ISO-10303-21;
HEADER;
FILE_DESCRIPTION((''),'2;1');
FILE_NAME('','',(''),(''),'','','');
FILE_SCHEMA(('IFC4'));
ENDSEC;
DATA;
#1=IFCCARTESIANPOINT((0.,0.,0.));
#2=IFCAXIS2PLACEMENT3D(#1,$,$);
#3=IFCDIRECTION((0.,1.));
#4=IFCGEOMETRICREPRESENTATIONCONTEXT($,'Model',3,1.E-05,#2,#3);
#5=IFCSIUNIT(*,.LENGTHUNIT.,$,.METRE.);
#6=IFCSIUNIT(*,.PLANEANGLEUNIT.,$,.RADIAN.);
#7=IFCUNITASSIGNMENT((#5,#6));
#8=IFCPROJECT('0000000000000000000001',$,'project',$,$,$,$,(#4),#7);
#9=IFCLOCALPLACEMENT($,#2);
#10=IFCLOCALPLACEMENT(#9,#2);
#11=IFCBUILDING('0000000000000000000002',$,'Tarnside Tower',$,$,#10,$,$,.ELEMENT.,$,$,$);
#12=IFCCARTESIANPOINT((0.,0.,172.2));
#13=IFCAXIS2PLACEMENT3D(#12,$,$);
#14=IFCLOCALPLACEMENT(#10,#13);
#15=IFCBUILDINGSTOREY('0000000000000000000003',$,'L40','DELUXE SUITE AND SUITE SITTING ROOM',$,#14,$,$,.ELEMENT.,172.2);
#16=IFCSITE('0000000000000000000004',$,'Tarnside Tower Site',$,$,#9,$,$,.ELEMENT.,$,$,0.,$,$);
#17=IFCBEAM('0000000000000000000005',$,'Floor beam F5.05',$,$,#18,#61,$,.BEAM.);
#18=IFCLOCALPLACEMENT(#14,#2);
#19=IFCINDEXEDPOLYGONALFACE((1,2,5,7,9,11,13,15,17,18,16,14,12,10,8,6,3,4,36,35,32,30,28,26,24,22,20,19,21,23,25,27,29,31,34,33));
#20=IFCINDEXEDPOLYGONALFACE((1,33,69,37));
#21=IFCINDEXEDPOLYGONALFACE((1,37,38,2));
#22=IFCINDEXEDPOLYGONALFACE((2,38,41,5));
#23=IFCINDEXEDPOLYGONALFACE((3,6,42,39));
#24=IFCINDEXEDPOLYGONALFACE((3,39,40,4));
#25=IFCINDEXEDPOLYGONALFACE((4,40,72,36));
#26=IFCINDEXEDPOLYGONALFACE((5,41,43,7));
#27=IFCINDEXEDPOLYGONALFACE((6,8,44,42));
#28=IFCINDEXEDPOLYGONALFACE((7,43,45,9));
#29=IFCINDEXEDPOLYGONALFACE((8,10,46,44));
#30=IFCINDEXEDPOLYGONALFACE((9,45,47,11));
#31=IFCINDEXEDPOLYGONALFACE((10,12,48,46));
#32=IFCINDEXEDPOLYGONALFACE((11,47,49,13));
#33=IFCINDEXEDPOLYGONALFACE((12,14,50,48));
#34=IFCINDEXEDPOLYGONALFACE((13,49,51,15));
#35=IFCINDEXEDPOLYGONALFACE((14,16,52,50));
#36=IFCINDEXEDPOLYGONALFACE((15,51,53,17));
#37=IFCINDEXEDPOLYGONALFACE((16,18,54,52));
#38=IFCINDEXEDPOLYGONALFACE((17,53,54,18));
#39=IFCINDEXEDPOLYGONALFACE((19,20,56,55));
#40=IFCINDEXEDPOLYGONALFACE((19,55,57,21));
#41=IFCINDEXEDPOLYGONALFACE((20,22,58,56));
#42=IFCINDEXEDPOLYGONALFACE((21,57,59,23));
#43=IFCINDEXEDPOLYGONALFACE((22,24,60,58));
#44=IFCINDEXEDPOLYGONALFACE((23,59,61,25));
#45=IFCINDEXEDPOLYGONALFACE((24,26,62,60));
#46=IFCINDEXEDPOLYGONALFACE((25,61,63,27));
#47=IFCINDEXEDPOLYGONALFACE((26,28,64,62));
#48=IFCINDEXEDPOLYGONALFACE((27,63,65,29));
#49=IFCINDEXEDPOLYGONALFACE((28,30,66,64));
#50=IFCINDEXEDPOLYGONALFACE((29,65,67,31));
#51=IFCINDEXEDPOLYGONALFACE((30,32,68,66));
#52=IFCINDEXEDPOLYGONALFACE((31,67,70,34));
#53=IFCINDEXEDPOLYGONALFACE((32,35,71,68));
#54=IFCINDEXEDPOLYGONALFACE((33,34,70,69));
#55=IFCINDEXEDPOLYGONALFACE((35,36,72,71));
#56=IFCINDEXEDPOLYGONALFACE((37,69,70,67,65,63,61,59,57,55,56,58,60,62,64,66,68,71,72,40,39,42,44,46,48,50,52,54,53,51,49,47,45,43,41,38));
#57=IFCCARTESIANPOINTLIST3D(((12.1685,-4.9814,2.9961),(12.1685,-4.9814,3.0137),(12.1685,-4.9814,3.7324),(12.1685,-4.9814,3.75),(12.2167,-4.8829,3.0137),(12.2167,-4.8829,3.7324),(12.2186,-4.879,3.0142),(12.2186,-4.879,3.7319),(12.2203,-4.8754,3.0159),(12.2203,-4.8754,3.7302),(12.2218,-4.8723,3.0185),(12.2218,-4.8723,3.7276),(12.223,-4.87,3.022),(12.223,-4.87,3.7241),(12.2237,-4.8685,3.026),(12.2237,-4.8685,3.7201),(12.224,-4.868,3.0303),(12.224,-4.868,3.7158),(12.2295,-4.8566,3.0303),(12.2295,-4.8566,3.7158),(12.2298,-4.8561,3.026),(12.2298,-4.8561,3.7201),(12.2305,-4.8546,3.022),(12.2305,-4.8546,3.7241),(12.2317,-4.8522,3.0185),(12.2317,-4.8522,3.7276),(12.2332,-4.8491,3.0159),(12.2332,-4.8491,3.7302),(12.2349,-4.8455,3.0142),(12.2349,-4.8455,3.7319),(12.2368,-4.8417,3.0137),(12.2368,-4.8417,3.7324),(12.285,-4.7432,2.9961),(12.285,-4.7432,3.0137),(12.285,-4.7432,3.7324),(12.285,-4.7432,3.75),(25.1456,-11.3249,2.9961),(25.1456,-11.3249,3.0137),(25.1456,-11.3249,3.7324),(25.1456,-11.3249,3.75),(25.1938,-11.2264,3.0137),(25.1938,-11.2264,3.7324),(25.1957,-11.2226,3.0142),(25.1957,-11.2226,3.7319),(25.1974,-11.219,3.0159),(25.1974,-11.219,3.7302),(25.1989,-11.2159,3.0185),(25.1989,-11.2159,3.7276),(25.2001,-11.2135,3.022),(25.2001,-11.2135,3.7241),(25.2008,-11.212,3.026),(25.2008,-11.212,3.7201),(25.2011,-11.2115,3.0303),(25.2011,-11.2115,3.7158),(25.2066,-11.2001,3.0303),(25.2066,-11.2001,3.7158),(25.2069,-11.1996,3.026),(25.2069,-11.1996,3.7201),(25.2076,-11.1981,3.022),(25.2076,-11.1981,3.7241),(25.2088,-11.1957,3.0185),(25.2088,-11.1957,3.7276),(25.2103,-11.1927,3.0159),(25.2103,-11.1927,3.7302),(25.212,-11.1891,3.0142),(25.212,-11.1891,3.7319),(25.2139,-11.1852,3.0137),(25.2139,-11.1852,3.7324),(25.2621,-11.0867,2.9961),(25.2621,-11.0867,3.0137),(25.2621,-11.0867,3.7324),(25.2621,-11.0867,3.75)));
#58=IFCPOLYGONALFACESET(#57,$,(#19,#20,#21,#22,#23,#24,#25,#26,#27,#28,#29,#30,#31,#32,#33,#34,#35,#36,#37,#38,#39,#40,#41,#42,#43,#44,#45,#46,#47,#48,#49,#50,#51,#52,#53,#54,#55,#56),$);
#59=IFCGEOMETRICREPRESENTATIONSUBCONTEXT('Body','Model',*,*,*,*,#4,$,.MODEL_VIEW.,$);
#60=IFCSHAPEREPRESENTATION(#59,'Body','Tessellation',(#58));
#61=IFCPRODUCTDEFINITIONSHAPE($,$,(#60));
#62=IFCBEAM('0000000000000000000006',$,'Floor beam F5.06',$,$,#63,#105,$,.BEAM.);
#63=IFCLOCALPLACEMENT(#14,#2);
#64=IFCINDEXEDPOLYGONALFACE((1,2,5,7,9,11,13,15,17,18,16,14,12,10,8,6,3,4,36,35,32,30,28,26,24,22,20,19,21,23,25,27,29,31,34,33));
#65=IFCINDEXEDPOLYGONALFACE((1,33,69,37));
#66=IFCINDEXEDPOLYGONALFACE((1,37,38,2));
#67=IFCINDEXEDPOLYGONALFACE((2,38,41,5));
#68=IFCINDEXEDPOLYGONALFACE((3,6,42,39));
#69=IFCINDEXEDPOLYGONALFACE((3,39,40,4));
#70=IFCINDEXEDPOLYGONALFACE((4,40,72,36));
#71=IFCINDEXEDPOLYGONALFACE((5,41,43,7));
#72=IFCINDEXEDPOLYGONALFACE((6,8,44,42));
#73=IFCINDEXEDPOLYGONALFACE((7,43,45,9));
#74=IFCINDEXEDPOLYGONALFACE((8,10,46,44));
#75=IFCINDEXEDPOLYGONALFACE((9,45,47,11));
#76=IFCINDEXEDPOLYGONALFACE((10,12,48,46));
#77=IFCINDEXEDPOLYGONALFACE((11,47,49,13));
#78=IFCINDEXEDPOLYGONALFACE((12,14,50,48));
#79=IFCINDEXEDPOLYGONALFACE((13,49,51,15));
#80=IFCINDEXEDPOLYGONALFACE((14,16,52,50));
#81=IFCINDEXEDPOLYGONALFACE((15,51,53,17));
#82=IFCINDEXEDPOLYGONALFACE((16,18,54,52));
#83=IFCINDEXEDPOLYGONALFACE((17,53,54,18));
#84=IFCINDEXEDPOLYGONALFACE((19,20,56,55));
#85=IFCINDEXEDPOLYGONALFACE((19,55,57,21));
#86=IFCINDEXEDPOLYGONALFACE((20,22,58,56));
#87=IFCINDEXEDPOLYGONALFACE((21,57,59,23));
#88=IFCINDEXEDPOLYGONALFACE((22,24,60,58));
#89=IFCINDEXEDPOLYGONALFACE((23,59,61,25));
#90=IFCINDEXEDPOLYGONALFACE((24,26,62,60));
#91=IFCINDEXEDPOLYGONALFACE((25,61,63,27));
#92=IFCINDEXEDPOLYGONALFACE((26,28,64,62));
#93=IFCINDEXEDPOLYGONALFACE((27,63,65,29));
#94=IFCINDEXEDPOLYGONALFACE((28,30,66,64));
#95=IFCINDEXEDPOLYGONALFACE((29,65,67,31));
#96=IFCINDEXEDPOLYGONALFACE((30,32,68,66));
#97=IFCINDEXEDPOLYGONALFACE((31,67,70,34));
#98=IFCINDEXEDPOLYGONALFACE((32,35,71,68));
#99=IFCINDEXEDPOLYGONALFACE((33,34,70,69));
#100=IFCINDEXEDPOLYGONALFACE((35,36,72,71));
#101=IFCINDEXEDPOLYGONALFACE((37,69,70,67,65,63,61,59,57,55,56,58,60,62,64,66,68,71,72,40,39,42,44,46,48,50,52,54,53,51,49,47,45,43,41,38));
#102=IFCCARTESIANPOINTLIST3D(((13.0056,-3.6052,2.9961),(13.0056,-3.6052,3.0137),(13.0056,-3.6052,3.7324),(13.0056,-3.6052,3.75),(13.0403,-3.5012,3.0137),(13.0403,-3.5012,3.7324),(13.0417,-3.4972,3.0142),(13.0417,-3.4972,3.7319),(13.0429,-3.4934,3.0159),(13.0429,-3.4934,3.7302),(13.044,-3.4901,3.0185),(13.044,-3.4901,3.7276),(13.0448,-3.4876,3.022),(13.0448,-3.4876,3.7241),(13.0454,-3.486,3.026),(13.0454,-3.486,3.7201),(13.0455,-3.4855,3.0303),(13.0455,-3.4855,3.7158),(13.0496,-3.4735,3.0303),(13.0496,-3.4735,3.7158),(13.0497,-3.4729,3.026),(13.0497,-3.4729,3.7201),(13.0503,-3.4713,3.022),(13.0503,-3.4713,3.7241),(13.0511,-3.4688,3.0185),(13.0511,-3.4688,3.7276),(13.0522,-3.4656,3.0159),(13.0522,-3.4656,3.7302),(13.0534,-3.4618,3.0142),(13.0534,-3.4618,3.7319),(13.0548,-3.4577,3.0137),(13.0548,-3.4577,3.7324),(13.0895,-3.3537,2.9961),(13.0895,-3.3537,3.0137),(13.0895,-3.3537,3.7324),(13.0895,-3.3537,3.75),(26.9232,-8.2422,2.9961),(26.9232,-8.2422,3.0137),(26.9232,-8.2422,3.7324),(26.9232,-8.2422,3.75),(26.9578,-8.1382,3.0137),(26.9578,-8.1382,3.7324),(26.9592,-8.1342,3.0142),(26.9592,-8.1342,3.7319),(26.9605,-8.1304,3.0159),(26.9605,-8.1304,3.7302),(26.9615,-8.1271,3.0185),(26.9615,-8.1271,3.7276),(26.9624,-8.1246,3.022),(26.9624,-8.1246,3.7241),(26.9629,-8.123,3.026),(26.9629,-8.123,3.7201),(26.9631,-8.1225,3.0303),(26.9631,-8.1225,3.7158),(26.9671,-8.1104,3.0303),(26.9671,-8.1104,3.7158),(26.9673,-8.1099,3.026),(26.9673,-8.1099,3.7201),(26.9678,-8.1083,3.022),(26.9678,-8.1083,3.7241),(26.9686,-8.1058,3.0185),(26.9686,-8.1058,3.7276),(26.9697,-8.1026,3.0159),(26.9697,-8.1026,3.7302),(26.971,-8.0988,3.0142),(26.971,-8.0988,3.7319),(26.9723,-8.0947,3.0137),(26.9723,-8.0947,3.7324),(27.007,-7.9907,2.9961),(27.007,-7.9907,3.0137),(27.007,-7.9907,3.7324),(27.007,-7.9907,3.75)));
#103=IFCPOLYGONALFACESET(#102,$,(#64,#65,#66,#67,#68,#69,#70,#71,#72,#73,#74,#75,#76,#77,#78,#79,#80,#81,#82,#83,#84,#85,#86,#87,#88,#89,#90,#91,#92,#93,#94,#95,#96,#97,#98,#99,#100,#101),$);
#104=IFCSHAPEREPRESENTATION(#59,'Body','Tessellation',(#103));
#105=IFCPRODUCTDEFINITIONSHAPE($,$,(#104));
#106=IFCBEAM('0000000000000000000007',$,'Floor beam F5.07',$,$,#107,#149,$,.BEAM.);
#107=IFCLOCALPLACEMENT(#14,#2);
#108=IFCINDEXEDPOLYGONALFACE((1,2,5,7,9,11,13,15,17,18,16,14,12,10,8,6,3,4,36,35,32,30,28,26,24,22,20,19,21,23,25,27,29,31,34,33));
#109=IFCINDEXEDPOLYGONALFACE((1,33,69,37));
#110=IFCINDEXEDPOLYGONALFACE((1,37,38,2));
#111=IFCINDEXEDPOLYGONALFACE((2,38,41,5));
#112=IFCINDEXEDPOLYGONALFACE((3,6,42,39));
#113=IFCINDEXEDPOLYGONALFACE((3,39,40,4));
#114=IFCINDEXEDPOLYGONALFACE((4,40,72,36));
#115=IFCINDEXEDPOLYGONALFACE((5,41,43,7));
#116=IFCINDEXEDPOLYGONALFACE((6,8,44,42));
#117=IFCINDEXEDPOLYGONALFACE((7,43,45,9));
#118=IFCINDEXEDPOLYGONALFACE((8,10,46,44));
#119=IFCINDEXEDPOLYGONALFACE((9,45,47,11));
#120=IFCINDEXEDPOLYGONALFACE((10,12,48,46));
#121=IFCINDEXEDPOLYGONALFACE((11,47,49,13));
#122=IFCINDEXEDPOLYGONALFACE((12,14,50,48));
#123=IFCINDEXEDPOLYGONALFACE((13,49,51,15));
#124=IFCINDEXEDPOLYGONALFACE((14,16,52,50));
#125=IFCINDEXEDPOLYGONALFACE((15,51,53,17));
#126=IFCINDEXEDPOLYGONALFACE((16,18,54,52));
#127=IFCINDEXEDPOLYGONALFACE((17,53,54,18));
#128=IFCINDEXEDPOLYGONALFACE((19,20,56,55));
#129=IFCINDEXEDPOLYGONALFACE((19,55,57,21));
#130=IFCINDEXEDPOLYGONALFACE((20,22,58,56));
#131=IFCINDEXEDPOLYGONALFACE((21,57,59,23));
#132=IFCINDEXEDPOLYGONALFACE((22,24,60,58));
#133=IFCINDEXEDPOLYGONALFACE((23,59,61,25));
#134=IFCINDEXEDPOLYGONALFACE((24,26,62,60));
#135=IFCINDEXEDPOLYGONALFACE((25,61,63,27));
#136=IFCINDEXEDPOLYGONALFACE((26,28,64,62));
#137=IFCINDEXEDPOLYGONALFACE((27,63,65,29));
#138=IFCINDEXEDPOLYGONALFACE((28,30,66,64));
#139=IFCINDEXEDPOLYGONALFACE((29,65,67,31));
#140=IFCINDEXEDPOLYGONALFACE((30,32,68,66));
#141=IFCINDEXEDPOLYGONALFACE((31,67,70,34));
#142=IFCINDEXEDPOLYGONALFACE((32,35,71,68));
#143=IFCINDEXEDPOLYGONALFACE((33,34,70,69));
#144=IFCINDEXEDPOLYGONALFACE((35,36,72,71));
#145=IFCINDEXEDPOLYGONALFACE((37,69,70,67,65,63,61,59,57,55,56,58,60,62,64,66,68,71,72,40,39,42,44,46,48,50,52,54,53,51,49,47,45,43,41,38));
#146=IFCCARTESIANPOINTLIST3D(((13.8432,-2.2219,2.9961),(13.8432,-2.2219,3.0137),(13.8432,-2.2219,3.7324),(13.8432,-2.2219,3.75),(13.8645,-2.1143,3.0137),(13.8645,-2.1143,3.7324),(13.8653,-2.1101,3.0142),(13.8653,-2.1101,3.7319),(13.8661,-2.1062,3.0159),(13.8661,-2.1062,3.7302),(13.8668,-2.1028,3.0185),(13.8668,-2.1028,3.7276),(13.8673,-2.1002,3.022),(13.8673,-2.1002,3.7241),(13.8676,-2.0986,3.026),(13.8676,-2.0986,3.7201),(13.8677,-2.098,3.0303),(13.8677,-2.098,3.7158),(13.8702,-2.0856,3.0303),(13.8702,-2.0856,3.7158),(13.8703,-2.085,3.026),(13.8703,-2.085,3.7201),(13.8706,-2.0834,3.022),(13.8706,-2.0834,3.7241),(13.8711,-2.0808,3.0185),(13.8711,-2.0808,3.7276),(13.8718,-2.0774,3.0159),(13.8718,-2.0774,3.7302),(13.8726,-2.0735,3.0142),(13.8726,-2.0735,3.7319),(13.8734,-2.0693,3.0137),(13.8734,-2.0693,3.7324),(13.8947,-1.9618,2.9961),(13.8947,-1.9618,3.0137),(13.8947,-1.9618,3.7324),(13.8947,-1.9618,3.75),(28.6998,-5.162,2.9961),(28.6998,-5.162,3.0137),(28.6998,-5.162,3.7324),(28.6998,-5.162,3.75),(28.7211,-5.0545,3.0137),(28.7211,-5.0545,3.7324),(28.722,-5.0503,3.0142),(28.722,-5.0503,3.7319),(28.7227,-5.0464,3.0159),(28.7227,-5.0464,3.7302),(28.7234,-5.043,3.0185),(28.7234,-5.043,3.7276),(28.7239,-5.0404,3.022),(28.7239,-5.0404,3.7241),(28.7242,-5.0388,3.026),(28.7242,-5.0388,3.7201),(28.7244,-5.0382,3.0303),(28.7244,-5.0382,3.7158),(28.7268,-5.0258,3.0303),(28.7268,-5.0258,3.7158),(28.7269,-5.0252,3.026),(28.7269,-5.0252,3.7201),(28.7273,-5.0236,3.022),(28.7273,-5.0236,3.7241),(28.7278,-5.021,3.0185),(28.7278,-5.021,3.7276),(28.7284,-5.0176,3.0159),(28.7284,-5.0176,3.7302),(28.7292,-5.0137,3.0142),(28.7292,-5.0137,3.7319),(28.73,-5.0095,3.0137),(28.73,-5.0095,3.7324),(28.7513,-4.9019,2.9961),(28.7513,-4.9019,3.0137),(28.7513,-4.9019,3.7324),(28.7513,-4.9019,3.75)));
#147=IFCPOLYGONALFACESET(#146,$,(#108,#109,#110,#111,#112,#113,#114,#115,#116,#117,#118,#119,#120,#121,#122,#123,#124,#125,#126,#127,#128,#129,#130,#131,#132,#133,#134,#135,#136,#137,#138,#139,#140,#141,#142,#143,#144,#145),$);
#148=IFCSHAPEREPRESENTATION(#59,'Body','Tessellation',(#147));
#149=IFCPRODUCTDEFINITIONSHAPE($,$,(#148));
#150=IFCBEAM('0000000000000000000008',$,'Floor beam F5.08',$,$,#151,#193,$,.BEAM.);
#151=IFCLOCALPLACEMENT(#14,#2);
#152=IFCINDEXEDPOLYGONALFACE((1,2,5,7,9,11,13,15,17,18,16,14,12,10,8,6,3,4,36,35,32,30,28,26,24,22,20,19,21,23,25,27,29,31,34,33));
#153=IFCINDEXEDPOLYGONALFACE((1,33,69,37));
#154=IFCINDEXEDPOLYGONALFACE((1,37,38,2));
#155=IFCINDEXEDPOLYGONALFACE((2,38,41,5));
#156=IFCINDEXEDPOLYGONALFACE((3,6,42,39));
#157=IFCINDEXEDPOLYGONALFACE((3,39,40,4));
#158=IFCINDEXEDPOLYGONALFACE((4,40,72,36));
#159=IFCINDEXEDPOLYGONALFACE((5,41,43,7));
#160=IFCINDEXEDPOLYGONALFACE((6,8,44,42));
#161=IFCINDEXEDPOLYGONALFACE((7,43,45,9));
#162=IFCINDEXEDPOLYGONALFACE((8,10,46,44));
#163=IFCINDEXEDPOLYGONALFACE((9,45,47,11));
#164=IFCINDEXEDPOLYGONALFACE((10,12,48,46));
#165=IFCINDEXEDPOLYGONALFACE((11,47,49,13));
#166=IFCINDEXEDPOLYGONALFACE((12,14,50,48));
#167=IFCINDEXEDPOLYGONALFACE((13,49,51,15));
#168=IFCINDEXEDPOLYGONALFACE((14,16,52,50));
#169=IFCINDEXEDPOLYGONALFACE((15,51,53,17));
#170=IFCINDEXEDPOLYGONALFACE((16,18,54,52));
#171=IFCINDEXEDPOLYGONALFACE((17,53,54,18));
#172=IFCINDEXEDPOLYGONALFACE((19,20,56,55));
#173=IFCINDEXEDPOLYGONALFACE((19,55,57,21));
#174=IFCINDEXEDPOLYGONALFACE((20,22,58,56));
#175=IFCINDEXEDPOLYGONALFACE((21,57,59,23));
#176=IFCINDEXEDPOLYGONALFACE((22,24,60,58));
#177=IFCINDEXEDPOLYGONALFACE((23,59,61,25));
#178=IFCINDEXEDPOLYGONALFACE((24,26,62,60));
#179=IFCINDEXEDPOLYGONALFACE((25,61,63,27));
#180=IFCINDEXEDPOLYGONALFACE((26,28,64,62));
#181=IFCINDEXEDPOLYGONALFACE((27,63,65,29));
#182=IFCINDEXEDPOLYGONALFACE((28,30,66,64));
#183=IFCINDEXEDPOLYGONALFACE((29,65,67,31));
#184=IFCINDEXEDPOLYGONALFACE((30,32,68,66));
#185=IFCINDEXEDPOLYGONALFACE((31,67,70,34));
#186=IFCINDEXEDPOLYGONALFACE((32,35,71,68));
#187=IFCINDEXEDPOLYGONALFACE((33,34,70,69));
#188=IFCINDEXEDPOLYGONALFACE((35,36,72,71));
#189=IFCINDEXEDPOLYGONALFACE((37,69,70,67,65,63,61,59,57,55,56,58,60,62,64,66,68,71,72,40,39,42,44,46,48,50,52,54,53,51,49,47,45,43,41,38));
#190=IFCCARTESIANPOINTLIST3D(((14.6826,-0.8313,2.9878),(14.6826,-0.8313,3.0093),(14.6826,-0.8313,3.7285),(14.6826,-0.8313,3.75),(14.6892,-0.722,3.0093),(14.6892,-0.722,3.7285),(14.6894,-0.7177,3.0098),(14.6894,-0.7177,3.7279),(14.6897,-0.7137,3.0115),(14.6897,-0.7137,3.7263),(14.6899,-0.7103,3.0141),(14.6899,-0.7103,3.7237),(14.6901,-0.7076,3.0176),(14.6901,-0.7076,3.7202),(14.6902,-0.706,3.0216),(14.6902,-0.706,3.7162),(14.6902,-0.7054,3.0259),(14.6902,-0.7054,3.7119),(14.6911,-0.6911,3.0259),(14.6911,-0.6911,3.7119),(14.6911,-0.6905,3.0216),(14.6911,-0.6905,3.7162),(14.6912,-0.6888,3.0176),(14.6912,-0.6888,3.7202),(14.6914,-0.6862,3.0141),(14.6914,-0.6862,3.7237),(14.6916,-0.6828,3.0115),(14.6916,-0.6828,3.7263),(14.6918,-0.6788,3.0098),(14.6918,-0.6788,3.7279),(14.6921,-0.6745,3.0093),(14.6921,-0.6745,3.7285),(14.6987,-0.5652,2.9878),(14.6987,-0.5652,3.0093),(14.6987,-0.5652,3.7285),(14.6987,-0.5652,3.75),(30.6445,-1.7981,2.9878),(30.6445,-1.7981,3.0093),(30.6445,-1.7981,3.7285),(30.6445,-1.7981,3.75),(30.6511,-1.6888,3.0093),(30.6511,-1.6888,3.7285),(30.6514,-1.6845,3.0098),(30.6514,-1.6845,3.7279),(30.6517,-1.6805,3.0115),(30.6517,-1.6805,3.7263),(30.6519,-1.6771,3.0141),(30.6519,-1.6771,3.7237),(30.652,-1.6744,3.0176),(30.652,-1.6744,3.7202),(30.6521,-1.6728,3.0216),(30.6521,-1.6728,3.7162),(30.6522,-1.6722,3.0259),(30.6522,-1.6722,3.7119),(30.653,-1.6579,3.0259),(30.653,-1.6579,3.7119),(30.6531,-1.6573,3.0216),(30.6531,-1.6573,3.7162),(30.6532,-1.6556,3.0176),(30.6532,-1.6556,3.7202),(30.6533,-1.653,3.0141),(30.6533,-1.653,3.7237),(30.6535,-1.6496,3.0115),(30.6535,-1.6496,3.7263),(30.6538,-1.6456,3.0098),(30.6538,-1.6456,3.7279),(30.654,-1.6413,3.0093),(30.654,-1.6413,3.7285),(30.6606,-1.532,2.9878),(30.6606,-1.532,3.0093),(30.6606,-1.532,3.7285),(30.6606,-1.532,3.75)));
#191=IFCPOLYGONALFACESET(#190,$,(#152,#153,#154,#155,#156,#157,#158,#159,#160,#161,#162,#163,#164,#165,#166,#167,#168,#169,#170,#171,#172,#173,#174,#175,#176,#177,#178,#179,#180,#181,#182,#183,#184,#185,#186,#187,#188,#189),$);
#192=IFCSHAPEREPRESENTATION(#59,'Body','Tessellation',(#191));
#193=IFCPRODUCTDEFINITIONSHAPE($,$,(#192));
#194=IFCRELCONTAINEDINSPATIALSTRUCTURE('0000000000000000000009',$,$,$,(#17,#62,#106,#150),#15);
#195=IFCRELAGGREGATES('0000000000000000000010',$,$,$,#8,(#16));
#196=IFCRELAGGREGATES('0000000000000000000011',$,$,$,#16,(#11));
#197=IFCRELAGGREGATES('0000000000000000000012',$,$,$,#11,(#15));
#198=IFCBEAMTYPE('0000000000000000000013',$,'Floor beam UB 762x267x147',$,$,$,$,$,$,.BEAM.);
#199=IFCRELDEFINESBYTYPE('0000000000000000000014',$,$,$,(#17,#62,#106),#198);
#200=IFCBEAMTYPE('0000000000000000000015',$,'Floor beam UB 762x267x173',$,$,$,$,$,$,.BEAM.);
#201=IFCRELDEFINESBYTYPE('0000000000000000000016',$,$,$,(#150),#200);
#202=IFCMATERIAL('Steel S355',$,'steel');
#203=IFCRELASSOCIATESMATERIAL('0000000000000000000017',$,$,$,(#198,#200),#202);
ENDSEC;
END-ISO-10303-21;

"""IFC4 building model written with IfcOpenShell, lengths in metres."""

from ifc_helpers import new_model, si_unit, direction, frame, origin, origin_2d, place, context, subcontext, project, spatial, i_section, extrude, material, material_profile, profile_set, type_object, element, save


model = new_model("IFC4")

# Units and contexts
model_context = context("Model", 3, precision=1e-05, world=origin(), true_north=direction((0.0, 1.0)))
body_context = subcontext(model_context, "Body", "Model", "MODEL_VIEW")
ifc_project = project(units=[si_unit("LENGTHUNIT", "METRE"), si_unit("PLANEANGLEUNIT", "RADIAN")], contexts=[model_context])

# Site, building, storey
site_placement = place(None, origin())
site = spatial("IfcSite", under=ifc_project, at=site_placement, Name="Tarnside Tower Site", CompositionType="ELEMENT", RefElevation=0.0)
building_placement = place(site_placement, origin())
building = spatial("IfcBuilding", under=site, at=building_placement, Name="Tarnside Tower", CompositionType="ELEMENT")
storey_placement = place(building_placement, frame((0.0, 0.0, 172.2)))
storey = spatial("IfcBuildingStorey", under=building, at=storey_placement, Name="L40", Description="DELUXE SUITE AND SUITE SITTING ROOM", CompositionType="ELEMENT", Elevation=172.2)

# Beams
ifc_material_1 = material(Name="Steel S355", Category="steel")
ifc_material_profile_1 = material_profile(ifc_material_1, i_section(OverallWidth=0.2651, OverallDepth=0.7539, WebThickness=0.0127, FlangeThickness=0.0176, FilletRadius=0.0166, at=origin_2d()), Name="UB 762x267x147")
ifc_profile_set_1 = profile_set([ifc_material_profile_1], Name="Steel S355")
beam_type_1 = type_object("IfcBeamType", Name="Floor beam UB 762x267x147", PredefinedType="BEAM", material=ifc_profile_set_1)
beam_1_placement = place(storey_placement, frame((25.2039, -11.2058, 3.373), z_axis=(-0.898407, 0.439164, 0.0), x_axis=(-0.439164, -0.898407, 0.0)))
element("IfcBeam", 1, at=beam_1_placement, inside=storey, type_object=beam_type_1, Name="Floor beam F5.05", PredefinedType="BEAM", context=body_context, shape_type="SweptSolid", body=[
    extrude(i_section(OverallWidth=0.2651, OverallDepth=0.7539, WebThickness=0.0127, FlangeThickness=0.0176, FilletRadius=0.0166, at=origin_2d()), origin(), (0.0, 0.0, 1.0), 14.4446),
])
beam_2_placement = place(storey_placement, frame((26.9651, -8.1165, 3.373), z_axis=(-0.948728, 0.316093, 0.0), x_axis=(-0.316093, -0.948728, 0.0)))
element("IfcBeam", 2, at=beam_2_placement, inside=storey, type_object=beam_type_1, Name="Floor beam F5.06", PredefinedType="BEAM", context=body_context, shape_type="SweptSolid", body=[
    extrude(i_section(OverallWidth=0.2651, OverallDepth=0.7539, WebThickness=0.0127, FlangeThickness=0.0176, FilletRadius=0.0166, at=origin_2d()), origin(), (0.0, 0.0, 1.0), 14.6697),
])
beam_3_placement = place(storey_placement, frame((28.7256, -5.032, 3.373), z_axis=(-0.980974, 0.194138, 0.0), x_axis=(-0.194138, -0.980974, 0.0)))
element("IfcBeam", 3, at=beam_3_placement, inside=storey, type_object=beam_type_1, Name="Floor beam F5.07", PredefinedType="BEAM", context=body_context, shape_type="SweptSolid", body=[
    extrude(i_section(OverallWidth=0.2651, OverallDepth=0.7539, WebThickness=0.0127, FlangeThickness=0.0176, FilletRadius=0.0166, at=origin_2d()), origin(), (0.0, 0.0, 1.0), 15.1448),
])
ifc_material_profile_2 = material_profile(ifc_material_1, i_section(OverallWidth=0.2666, OverallDepth=0.7622, WebThickness=0.0144, FlangeThickness=0.0215, FilletRadius=0.0166, at=origin_2d()), Name="UB 762x267x173")
ifc_profile_set_2 = profile_set([ifc_material_profile_2], Name="Steel S355")
beam_type_2 = type_object("IfcBeamType", Name="Floor beam UB 762x267x173", PredefinedType="BEAM", material=ifc_profile_set_2)
beam_4_placement = place(storey_placement, frame((30.6526, -1.665, 3.3689), z_axis=(-0.998171, 0.060458, 0.0), x_axis=(-0.060458, -0.998171, 0.0)))
element("IfcBeam", 4, at=beam_4_placement, inside=storey, type_object=beam_type_2, Name="Floor beam F5.08", PredefinedType="BEAM", context=body_context, shape_type="SweptSolid", body=[
    extrude(i_section(OverallWidth=0.2666, OverallDepth=0.7622, WebThickness=0.0144, FlangeThickness=0.0215, FilletRadius=0.0166, at=origin_2d()), origin(), (0.0, 0.0, 1.0), 15.9912),
])

save(model, "model.ifc")
